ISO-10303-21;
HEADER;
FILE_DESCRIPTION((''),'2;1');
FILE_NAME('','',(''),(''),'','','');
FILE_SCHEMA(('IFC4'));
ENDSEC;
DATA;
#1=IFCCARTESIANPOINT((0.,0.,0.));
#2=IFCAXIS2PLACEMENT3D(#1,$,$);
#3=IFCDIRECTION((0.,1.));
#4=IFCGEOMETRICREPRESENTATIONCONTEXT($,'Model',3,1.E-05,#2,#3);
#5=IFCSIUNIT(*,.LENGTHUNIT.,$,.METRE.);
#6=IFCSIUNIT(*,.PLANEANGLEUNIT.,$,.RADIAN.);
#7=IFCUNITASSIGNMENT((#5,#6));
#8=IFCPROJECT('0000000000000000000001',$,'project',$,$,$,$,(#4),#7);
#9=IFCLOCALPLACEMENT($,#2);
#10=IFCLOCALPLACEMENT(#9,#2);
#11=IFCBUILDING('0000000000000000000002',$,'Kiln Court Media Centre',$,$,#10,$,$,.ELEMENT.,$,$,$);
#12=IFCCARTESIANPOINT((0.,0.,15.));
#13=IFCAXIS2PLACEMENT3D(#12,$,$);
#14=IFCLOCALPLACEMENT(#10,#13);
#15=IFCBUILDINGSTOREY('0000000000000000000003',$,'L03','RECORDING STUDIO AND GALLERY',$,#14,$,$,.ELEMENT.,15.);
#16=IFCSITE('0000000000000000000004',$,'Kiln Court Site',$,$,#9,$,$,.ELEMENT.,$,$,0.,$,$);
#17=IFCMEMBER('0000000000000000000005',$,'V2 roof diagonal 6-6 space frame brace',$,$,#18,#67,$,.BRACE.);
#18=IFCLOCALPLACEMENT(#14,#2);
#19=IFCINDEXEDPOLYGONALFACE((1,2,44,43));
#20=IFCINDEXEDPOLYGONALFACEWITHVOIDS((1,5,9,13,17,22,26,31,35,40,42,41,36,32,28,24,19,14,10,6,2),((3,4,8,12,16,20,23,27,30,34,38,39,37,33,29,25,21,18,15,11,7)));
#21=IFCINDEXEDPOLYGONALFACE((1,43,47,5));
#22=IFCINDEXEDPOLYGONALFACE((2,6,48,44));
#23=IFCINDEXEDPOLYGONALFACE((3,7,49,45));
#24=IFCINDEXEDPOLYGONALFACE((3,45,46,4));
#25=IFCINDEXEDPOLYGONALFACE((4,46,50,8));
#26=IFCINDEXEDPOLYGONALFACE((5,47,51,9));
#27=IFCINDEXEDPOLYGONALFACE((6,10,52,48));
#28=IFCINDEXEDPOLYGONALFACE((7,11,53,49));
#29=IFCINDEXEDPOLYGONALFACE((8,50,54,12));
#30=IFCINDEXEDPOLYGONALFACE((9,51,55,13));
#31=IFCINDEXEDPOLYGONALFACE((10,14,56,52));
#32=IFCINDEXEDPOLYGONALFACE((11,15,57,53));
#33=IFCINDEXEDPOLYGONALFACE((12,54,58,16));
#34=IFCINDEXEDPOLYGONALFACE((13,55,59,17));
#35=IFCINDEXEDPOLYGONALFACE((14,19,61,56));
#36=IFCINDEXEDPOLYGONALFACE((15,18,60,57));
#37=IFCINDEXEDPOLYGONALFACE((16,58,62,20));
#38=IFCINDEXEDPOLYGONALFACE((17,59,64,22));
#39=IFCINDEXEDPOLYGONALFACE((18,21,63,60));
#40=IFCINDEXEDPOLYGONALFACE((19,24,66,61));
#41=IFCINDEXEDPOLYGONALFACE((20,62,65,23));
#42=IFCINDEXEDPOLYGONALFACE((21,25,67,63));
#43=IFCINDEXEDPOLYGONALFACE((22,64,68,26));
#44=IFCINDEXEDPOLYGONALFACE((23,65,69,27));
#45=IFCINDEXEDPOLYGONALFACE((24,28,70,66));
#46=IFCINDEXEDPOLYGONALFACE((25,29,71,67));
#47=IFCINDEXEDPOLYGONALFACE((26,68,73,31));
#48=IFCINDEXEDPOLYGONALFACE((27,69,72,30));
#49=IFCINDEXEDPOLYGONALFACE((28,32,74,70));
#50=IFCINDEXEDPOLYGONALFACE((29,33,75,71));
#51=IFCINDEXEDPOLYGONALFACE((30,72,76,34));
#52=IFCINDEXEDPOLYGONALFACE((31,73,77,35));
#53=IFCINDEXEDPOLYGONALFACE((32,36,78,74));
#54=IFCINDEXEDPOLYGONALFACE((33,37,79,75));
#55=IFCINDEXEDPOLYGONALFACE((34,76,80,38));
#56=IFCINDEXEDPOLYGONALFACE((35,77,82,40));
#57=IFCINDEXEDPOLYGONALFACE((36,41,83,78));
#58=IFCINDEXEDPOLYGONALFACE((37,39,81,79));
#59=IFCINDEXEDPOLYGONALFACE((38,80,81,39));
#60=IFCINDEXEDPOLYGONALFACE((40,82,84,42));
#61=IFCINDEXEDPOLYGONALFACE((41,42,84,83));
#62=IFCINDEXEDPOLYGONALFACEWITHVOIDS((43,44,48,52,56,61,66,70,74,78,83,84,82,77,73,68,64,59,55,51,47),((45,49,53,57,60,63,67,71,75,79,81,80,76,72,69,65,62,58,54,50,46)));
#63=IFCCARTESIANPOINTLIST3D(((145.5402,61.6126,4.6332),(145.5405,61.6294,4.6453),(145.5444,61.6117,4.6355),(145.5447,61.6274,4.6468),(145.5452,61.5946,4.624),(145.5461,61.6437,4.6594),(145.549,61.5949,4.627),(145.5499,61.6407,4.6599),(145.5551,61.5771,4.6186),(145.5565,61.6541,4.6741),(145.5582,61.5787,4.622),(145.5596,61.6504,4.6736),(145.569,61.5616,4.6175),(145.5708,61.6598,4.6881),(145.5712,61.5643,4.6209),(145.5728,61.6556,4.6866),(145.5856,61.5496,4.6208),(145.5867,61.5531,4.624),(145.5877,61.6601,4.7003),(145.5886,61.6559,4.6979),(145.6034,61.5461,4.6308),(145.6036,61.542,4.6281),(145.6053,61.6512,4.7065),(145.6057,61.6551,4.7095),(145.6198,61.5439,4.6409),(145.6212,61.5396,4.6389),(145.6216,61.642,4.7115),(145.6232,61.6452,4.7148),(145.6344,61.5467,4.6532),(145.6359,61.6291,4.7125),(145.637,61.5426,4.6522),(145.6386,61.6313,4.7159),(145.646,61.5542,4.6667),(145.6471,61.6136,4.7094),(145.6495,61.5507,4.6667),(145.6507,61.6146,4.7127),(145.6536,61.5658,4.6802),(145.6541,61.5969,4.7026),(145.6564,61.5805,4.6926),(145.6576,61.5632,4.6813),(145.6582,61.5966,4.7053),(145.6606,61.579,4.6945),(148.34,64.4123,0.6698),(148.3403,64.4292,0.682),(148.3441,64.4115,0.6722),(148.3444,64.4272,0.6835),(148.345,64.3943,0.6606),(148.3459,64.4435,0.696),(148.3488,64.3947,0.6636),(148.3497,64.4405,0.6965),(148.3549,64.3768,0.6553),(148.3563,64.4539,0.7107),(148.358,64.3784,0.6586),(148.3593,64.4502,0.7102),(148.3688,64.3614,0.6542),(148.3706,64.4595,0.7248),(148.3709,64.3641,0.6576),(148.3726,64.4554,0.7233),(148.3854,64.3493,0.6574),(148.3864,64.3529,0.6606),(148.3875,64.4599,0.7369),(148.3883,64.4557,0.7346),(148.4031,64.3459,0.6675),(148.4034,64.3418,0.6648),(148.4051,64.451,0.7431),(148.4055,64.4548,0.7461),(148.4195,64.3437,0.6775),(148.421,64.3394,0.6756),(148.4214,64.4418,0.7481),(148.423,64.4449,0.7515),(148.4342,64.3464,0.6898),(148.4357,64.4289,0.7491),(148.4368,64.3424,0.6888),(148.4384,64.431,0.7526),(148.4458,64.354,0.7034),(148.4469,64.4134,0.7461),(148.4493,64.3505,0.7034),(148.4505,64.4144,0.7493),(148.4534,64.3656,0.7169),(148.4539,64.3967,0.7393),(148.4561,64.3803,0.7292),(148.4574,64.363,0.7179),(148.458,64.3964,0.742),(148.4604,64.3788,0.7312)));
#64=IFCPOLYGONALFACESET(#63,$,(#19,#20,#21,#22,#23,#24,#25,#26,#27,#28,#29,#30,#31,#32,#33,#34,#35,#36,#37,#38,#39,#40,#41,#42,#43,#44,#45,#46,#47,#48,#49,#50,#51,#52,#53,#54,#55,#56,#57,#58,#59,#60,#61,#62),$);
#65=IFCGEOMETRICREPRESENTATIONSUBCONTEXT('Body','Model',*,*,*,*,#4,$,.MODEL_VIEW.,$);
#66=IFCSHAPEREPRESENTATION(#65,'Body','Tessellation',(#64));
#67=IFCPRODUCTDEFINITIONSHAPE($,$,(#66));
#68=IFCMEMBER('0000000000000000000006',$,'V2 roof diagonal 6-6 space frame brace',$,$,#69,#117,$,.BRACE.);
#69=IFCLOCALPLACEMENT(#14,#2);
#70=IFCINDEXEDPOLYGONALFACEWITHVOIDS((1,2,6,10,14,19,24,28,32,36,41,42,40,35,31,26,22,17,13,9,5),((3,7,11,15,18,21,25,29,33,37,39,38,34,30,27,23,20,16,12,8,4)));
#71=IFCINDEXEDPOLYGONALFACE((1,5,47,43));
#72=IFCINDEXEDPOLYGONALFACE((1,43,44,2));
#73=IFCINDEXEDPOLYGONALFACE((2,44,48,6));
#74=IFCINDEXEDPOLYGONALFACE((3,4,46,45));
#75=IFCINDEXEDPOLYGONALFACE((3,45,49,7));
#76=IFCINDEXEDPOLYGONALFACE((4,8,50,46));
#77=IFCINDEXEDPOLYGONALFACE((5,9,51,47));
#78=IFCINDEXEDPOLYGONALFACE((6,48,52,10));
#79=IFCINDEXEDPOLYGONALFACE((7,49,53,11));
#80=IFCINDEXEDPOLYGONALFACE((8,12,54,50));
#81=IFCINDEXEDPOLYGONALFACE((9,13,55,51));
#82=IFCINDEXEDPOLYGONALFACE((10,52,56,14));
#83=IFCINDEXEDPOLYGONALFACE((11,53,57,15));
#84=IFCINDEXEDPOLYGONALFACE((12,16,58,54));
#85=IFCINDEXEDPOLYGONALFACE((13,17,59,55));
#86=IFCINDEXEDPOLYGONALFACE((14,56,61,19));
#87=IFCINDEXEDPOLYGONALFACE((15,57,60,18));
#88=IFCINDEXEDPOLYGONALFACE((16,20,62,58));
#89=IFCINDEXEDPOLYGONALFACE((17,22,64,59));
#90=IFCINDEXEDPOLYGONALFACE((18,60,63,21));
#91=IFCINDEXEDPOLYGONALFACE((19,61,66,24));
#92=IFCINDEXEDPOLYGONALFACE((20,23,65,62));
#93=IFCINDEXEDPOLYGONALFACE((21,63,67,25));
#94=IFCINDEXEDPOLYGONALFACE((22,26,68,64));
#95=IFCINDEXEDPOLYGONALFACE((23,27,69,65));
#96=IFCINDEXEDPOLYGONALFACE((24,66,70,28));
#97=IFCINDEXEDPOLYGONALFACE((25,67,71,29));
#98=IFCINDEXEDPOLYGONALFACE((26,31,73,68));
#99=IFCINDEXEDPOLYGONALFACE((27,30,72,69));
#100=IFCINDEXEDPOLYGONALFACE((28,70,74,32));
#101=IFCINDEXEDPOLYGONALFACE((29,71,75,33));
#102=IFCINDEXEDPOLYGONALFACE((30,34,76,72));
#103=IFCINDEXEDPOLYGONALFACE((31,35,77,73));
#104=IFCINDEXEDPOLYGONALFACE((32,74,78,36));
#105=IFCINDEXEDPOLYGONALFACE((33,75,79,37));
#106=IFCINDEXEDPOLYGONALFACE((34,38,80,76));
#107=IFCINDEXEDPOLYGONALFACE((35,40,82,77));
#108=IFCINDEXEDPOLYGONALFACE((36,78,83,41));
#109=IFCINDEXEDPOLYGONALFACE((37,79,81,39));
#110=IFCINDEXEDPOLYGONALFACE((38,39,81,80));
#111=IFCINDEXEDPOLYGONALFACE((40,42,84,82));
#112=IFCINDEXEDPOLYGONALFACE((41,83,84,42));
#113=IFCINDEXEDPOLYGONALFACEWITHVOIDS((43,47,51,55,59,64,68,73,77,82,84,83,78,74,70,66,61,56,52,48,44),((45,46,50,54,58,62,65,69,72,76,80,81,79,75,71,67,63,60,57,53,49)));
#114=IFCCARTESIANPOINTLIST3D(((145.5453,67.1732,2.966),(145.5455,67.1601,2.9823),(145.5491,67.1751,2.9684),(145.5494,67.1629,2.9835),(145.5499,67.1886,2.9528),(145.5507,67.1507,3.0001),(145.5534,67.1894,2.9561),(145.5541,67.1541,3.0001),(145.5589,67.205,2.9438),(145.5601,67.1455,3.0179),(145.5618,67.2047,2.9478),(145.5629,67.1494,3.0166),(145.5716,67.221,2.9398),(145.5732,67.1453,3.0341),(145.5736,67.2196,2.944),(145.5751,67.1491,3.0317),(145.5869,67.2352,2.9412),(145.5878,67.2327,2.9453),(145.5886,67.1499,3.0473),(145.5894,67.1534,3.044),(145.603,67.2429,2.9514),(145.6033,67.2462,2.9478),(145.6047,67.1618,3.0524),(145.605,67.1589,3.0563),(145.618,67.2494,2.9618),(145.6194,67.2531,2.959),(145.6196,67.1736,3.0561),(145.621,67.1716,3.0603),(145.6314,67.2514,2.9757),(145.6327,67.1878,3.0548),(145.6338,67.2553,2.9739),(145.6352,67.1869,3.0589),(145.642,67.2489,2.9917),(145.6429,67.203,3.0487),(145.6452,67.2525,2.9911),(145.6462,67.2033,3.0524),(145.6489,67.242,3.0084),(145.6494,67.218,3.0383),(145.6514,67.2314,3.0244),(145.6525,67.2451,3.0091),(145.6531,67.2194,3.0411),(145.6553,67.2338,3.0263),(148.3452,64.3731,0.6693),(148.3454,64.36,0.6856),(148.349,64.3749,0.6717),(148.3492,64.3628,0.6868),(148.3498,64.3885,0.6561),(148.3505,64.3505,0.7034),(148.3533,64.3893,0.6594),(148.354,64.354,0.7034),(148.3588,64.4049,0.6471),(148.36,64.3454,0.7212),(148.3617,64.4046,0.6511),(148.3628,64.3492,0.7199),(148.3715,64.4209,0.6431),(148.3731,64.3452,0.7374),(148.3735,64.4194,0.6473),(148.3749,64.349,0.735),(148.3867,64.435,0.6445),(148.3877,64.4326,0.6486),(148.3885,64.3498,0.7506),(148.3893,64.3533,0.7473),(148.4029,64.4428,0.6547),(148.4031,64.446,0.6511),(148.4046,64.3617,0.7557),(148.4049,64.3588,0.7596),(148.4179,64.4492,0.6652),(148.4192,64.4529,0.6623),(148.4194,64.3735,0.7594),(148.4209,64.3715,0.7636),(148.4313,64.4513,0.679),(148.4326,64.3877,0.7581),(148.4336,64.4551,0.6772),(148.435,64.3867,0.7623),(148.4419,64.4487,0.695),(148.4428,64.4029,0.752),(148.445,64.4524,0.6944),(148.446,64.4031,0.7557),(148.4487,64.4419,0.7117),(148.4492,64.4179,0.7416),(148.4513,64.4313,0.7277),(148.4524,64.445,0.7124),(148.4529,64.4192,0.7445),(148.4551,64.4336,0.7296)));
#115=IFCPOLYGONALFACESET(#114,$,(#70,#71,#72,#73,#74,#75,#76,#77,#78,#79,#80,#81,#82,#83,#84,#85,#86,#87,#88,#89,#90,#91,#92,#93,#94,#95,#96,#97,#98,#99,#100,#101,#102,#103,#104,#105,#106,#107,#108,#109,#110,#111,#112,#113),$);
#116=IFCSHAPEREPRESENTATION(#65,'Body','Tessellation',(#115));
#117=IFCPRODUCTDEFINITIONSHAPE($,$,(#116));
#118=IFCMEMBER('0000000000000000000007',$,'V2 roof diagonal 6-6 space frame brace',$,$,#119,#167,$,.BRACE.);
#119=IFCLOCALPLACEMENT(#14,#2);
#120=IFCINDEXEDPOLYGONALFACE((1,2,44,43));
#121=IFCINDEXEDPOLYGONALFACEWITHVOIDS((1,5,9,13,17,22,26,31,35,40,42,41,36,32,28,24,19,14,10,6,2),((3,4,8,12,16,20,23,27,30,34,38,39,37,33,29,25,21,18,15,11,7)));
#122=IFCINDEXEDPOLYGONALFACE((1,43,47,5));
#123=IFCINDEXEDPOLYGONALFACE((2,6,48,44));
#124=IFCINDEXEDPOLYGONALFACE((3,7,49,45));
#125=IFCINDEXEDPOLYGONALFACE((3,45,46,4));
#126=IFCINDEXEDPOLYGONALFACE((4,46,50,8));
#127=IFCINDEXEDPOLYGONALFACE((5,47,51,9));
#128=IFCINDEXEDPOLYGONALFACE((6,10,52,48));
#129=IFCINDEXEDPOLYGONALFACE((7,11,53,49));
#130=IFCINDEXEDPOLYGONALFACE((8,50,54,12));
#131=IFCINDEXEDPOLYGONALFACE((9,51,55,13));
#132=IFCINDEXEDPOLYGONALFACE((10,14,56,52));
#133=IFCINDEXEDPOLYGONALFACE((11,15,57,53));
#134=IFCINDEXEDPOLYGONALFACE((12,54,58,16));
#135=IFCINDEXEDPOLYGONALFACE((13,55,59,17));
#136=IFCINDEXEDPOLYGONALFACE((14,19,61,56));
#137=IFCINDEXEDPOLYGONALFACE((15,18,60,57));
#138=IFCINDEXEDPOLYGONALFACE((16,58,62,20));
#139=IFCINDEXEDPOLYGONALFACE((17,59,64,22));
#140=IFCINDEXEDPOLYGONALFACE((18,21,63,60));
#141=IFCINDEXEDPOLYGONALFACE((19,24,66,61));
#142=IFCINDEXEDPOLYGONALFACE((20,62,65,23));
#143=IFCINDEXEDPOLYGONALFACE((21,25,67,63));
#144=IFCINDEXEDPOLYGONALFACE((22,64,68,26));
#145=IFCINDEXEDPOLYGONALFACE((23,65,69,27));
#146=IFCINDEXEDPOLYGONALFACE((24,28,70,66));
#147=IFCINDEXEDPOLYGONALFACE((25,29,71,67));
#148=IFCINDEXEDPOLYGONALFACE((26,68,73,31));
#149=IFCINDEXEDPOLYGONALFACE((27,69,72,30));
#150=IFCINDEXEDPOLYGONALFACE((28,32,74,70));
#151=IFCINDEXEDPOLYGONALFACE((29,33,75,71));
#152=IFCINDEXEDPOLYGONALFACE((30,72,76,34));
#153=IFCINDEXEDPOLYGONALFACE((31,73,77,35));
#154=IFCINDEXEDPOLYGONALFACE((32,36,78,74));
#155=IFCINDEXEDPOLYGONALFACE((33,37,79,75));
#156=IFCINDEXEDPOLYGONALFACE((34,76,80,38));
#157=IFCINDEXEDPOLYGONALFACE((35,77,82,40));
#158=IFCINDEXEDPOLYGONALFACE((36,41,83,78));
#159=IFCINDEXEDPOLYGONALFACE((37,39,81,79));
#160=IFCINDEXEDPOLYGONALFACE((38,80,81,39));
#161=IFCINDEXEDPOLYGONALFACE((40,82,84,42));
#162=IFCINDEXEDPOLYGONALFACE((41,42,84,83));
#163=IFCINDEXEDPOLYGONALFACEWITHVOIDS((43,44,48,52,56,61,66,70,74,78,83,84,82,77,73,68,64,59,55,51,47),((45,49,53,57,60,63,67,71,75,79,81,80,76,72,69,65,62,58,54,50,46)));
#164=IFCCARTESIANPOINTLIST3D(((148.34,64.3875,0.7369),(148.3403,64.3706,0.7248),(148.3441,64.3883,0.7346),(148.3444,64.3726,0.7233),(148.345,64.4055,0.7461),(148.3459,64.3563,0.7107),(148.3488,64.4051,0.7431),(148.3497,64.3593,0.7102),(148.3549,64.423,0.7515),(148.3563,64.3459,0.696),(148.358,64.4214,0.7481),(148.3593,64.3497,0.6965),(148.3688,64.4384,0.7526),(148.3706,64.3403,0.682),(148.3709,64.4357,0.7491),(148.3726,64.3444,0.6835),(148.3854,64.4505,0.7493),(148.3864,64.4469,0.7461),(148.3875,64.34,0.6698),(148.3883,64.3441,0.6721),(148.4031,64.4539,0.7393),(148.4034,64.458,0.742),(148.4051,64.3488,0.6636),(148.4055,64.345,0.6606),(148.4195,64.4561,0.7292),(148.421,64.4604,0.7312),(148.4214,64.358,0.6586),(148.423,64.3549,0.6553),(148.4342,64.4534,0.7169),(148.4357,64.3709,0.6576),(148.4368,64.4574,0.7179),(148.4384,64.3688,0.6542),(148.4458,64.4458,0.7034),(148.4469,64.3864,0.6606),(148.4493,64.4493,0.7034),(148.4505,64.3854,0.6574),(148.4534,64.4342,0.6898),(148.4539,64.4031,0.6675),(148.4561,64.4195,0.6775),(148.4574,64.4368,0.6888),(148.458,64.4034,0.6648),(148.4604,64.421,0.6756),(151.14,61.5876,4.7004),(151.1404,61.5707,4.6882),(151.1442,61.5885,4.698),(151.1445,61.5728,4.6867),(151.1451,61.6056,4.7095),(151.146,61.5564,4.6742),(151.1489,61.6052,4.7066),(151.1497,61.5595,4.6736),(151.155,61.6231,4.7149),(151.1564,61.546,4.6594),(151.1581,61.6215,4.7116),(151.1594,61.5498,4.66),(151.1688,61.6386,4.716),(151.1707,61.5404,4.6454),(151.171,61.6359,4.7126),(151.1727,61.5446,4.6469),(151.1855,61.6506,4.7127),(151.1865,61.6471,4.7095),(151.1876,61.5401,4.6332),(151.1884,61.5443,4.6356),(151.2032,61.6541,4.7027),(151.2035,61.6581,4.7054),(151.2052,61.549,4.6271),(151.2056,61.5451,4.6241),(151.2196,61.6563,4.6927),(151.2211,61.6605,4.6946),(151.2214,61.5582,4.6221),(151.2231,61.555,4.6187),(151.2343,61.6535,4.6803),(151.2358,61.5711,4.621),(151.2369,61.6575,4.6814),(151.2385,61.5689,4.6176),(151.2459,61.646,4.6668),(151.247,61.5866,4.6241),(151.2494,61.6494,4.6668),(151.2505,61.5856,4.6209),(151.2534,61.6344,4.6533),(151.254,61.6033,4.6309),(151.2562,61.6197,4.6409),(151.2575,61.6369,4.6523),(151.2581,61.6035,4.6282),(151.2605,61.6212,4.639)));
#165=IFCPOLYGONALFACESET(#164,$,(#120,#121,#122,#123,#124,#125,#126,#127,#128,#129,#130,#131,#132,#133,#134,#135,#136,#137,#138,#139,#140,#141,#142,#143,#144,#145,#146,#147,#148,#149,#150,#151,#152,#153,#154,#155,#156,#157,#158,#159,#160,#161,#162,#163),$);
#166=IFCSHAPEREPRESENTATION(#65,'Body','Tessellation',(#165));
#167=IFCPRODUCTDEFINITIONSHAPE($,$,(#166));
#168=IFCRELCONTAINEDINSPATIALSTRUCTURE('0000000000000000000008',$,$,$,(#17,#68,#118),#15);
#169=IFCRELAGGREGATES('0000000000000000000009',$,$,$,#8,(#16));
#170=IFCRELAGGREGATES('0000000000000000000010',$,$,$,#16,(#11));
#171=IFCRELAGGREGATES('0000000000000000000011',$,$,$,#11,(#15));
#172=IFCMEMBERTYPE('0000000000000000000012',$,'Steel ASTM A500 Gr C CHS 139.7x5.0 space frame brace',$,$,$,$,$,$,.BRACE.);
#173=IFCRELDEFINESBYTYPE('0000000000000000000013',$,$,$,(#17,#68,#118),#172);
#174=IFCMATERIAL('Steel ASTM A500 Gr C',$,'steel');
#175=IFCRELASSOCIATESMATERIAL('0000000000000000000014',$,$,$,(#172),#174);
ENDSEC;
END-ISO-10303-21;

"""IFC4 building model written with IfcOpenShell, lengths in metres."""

from ifc_helpers import new_model, si_unit, direction, frame, origin, origin_2d, place, context, subcontext, project, spatial, hollow_circle, extrude, material, material_profile, profile_set, type_object, element, save


model = new_model("IFC4")

# Units and contexts
model_context = context("Model", 3, precision=1e-05, world=origin(), true_north=direction((0.0, 1.0)))
body_context = subcontext(model_context, "Body", "Model", "MODEL_VIEW")
ifc_project = project(units=[si_unit("LENGTHUNIT", "METRE"), si_unit("PLANEANGLEUNIT", "RADIAN")], contexts=[model_context])

# Site, building, storey
site_placement = place(None, origin())
site = spatial("IfcSite", under=ifc_project, at=site_placement, Name="Kiln Court Site", CompositionType="ELEMENT", RefElevation=0.0)
building_placement = place(site_placement, origin())
building = spatial("IfcBuilding", under=site, at=building_placement, Name="Kiln Court Media Centre", CompositionType="ELEMENT")
storey_placement = place(building_placement, frame((0.0, 0.0, 15.0)))
storey = spatial("IfcBuildingStorey", under=building, at=storey_placement, Name="L03", Description="RECORDING STUDIO AND GALLERY", CompositionType="ELEMENT", Elevation=15.0)

# Members
ifc_material_1 = material(Name="Steel ASTM A500 Gr C", Category="steel")
ifc_material_profile_1 = material_profile(ifc_material_1, hollow_circle(Radius=0.0698, WallThickness=0.0049, at=origin_2d()), Name="CHS 139.7x5.0")
ifc_profile_set_1 = profile_set([ifc_material_profile_1], Name="Steel ASTM A500 Gr C")
member_type_1 = type_object("IfcMemberType", Name="Steel ASTM A500 Gr C CHS 139.7x5.0 space frame brace", PredefinedType="BRACE", material=ifc_profile_set_1)
member_1_placement = place(storey_placement, frame((148.3999, 64.3999, 0.7034), z_axis=(-0.499757, -0.499757, 0.707451), x_axis=(0.707107, -0.707107, 0.0)))
element("IfcMember", 1, at=member_1_placement, inside=storey, type_object=member_type_1, Name="V2 roof diagonal 6-6 space frame brace", PredefinedType="BRACE", context=body_context, shape_type="SweptSolid", body=[
    extrude(hollow_circle(Radius=0.0698, WallThickness=0.0049, at=origin_2d()), origin(), (0.0, 0.0, 1.0), 5.6023),
])
member_2_placement = place(storey_placement, frame((148.3999, 64.3999, 0.7034), z_axis=(-0.611642, 0.611696, 0.501719), x_axis=(-0.707138, -0.707076, 0.0)))
element("IfcMember", 2, at=member_2_placement, inside=storey, type_object=member_type_1, Name="V2 roof diagonal 6-6 space frame brace", PredefinedType="BRACE", context=body_context, shape_type="SweptSolid", body=[
    extrude(hollow_circle(Radius=0.0698, WallThickness=0.0049, at=origin_2d()), origin(), (0.0, 0.0, 1.0), 4.5776),
])
member_3_placement = place(storey_placement, frame((148.3999, 64.3999, 0.7034), z_axis=(0.499789, -0.499746, 0.707436), x_axis=(0.707076, 0.707138, 0.0)))
element("IfcMember", 3, at=member_3_placement, inside=storey, type_object=member_type_1, Name="V2 roof diagonal 6-6 space frame brace", PredefinedType="BRACE", context=body_context, shape_type="SweptSolid", body=[
    extrude(hollow_circle(Radius=0.0698, WallThickness=0.0049, at=origin_2d()), origin(), (0.0, 0.0, 1.0), 5.6025),
])

save(model, "model.ifc")
